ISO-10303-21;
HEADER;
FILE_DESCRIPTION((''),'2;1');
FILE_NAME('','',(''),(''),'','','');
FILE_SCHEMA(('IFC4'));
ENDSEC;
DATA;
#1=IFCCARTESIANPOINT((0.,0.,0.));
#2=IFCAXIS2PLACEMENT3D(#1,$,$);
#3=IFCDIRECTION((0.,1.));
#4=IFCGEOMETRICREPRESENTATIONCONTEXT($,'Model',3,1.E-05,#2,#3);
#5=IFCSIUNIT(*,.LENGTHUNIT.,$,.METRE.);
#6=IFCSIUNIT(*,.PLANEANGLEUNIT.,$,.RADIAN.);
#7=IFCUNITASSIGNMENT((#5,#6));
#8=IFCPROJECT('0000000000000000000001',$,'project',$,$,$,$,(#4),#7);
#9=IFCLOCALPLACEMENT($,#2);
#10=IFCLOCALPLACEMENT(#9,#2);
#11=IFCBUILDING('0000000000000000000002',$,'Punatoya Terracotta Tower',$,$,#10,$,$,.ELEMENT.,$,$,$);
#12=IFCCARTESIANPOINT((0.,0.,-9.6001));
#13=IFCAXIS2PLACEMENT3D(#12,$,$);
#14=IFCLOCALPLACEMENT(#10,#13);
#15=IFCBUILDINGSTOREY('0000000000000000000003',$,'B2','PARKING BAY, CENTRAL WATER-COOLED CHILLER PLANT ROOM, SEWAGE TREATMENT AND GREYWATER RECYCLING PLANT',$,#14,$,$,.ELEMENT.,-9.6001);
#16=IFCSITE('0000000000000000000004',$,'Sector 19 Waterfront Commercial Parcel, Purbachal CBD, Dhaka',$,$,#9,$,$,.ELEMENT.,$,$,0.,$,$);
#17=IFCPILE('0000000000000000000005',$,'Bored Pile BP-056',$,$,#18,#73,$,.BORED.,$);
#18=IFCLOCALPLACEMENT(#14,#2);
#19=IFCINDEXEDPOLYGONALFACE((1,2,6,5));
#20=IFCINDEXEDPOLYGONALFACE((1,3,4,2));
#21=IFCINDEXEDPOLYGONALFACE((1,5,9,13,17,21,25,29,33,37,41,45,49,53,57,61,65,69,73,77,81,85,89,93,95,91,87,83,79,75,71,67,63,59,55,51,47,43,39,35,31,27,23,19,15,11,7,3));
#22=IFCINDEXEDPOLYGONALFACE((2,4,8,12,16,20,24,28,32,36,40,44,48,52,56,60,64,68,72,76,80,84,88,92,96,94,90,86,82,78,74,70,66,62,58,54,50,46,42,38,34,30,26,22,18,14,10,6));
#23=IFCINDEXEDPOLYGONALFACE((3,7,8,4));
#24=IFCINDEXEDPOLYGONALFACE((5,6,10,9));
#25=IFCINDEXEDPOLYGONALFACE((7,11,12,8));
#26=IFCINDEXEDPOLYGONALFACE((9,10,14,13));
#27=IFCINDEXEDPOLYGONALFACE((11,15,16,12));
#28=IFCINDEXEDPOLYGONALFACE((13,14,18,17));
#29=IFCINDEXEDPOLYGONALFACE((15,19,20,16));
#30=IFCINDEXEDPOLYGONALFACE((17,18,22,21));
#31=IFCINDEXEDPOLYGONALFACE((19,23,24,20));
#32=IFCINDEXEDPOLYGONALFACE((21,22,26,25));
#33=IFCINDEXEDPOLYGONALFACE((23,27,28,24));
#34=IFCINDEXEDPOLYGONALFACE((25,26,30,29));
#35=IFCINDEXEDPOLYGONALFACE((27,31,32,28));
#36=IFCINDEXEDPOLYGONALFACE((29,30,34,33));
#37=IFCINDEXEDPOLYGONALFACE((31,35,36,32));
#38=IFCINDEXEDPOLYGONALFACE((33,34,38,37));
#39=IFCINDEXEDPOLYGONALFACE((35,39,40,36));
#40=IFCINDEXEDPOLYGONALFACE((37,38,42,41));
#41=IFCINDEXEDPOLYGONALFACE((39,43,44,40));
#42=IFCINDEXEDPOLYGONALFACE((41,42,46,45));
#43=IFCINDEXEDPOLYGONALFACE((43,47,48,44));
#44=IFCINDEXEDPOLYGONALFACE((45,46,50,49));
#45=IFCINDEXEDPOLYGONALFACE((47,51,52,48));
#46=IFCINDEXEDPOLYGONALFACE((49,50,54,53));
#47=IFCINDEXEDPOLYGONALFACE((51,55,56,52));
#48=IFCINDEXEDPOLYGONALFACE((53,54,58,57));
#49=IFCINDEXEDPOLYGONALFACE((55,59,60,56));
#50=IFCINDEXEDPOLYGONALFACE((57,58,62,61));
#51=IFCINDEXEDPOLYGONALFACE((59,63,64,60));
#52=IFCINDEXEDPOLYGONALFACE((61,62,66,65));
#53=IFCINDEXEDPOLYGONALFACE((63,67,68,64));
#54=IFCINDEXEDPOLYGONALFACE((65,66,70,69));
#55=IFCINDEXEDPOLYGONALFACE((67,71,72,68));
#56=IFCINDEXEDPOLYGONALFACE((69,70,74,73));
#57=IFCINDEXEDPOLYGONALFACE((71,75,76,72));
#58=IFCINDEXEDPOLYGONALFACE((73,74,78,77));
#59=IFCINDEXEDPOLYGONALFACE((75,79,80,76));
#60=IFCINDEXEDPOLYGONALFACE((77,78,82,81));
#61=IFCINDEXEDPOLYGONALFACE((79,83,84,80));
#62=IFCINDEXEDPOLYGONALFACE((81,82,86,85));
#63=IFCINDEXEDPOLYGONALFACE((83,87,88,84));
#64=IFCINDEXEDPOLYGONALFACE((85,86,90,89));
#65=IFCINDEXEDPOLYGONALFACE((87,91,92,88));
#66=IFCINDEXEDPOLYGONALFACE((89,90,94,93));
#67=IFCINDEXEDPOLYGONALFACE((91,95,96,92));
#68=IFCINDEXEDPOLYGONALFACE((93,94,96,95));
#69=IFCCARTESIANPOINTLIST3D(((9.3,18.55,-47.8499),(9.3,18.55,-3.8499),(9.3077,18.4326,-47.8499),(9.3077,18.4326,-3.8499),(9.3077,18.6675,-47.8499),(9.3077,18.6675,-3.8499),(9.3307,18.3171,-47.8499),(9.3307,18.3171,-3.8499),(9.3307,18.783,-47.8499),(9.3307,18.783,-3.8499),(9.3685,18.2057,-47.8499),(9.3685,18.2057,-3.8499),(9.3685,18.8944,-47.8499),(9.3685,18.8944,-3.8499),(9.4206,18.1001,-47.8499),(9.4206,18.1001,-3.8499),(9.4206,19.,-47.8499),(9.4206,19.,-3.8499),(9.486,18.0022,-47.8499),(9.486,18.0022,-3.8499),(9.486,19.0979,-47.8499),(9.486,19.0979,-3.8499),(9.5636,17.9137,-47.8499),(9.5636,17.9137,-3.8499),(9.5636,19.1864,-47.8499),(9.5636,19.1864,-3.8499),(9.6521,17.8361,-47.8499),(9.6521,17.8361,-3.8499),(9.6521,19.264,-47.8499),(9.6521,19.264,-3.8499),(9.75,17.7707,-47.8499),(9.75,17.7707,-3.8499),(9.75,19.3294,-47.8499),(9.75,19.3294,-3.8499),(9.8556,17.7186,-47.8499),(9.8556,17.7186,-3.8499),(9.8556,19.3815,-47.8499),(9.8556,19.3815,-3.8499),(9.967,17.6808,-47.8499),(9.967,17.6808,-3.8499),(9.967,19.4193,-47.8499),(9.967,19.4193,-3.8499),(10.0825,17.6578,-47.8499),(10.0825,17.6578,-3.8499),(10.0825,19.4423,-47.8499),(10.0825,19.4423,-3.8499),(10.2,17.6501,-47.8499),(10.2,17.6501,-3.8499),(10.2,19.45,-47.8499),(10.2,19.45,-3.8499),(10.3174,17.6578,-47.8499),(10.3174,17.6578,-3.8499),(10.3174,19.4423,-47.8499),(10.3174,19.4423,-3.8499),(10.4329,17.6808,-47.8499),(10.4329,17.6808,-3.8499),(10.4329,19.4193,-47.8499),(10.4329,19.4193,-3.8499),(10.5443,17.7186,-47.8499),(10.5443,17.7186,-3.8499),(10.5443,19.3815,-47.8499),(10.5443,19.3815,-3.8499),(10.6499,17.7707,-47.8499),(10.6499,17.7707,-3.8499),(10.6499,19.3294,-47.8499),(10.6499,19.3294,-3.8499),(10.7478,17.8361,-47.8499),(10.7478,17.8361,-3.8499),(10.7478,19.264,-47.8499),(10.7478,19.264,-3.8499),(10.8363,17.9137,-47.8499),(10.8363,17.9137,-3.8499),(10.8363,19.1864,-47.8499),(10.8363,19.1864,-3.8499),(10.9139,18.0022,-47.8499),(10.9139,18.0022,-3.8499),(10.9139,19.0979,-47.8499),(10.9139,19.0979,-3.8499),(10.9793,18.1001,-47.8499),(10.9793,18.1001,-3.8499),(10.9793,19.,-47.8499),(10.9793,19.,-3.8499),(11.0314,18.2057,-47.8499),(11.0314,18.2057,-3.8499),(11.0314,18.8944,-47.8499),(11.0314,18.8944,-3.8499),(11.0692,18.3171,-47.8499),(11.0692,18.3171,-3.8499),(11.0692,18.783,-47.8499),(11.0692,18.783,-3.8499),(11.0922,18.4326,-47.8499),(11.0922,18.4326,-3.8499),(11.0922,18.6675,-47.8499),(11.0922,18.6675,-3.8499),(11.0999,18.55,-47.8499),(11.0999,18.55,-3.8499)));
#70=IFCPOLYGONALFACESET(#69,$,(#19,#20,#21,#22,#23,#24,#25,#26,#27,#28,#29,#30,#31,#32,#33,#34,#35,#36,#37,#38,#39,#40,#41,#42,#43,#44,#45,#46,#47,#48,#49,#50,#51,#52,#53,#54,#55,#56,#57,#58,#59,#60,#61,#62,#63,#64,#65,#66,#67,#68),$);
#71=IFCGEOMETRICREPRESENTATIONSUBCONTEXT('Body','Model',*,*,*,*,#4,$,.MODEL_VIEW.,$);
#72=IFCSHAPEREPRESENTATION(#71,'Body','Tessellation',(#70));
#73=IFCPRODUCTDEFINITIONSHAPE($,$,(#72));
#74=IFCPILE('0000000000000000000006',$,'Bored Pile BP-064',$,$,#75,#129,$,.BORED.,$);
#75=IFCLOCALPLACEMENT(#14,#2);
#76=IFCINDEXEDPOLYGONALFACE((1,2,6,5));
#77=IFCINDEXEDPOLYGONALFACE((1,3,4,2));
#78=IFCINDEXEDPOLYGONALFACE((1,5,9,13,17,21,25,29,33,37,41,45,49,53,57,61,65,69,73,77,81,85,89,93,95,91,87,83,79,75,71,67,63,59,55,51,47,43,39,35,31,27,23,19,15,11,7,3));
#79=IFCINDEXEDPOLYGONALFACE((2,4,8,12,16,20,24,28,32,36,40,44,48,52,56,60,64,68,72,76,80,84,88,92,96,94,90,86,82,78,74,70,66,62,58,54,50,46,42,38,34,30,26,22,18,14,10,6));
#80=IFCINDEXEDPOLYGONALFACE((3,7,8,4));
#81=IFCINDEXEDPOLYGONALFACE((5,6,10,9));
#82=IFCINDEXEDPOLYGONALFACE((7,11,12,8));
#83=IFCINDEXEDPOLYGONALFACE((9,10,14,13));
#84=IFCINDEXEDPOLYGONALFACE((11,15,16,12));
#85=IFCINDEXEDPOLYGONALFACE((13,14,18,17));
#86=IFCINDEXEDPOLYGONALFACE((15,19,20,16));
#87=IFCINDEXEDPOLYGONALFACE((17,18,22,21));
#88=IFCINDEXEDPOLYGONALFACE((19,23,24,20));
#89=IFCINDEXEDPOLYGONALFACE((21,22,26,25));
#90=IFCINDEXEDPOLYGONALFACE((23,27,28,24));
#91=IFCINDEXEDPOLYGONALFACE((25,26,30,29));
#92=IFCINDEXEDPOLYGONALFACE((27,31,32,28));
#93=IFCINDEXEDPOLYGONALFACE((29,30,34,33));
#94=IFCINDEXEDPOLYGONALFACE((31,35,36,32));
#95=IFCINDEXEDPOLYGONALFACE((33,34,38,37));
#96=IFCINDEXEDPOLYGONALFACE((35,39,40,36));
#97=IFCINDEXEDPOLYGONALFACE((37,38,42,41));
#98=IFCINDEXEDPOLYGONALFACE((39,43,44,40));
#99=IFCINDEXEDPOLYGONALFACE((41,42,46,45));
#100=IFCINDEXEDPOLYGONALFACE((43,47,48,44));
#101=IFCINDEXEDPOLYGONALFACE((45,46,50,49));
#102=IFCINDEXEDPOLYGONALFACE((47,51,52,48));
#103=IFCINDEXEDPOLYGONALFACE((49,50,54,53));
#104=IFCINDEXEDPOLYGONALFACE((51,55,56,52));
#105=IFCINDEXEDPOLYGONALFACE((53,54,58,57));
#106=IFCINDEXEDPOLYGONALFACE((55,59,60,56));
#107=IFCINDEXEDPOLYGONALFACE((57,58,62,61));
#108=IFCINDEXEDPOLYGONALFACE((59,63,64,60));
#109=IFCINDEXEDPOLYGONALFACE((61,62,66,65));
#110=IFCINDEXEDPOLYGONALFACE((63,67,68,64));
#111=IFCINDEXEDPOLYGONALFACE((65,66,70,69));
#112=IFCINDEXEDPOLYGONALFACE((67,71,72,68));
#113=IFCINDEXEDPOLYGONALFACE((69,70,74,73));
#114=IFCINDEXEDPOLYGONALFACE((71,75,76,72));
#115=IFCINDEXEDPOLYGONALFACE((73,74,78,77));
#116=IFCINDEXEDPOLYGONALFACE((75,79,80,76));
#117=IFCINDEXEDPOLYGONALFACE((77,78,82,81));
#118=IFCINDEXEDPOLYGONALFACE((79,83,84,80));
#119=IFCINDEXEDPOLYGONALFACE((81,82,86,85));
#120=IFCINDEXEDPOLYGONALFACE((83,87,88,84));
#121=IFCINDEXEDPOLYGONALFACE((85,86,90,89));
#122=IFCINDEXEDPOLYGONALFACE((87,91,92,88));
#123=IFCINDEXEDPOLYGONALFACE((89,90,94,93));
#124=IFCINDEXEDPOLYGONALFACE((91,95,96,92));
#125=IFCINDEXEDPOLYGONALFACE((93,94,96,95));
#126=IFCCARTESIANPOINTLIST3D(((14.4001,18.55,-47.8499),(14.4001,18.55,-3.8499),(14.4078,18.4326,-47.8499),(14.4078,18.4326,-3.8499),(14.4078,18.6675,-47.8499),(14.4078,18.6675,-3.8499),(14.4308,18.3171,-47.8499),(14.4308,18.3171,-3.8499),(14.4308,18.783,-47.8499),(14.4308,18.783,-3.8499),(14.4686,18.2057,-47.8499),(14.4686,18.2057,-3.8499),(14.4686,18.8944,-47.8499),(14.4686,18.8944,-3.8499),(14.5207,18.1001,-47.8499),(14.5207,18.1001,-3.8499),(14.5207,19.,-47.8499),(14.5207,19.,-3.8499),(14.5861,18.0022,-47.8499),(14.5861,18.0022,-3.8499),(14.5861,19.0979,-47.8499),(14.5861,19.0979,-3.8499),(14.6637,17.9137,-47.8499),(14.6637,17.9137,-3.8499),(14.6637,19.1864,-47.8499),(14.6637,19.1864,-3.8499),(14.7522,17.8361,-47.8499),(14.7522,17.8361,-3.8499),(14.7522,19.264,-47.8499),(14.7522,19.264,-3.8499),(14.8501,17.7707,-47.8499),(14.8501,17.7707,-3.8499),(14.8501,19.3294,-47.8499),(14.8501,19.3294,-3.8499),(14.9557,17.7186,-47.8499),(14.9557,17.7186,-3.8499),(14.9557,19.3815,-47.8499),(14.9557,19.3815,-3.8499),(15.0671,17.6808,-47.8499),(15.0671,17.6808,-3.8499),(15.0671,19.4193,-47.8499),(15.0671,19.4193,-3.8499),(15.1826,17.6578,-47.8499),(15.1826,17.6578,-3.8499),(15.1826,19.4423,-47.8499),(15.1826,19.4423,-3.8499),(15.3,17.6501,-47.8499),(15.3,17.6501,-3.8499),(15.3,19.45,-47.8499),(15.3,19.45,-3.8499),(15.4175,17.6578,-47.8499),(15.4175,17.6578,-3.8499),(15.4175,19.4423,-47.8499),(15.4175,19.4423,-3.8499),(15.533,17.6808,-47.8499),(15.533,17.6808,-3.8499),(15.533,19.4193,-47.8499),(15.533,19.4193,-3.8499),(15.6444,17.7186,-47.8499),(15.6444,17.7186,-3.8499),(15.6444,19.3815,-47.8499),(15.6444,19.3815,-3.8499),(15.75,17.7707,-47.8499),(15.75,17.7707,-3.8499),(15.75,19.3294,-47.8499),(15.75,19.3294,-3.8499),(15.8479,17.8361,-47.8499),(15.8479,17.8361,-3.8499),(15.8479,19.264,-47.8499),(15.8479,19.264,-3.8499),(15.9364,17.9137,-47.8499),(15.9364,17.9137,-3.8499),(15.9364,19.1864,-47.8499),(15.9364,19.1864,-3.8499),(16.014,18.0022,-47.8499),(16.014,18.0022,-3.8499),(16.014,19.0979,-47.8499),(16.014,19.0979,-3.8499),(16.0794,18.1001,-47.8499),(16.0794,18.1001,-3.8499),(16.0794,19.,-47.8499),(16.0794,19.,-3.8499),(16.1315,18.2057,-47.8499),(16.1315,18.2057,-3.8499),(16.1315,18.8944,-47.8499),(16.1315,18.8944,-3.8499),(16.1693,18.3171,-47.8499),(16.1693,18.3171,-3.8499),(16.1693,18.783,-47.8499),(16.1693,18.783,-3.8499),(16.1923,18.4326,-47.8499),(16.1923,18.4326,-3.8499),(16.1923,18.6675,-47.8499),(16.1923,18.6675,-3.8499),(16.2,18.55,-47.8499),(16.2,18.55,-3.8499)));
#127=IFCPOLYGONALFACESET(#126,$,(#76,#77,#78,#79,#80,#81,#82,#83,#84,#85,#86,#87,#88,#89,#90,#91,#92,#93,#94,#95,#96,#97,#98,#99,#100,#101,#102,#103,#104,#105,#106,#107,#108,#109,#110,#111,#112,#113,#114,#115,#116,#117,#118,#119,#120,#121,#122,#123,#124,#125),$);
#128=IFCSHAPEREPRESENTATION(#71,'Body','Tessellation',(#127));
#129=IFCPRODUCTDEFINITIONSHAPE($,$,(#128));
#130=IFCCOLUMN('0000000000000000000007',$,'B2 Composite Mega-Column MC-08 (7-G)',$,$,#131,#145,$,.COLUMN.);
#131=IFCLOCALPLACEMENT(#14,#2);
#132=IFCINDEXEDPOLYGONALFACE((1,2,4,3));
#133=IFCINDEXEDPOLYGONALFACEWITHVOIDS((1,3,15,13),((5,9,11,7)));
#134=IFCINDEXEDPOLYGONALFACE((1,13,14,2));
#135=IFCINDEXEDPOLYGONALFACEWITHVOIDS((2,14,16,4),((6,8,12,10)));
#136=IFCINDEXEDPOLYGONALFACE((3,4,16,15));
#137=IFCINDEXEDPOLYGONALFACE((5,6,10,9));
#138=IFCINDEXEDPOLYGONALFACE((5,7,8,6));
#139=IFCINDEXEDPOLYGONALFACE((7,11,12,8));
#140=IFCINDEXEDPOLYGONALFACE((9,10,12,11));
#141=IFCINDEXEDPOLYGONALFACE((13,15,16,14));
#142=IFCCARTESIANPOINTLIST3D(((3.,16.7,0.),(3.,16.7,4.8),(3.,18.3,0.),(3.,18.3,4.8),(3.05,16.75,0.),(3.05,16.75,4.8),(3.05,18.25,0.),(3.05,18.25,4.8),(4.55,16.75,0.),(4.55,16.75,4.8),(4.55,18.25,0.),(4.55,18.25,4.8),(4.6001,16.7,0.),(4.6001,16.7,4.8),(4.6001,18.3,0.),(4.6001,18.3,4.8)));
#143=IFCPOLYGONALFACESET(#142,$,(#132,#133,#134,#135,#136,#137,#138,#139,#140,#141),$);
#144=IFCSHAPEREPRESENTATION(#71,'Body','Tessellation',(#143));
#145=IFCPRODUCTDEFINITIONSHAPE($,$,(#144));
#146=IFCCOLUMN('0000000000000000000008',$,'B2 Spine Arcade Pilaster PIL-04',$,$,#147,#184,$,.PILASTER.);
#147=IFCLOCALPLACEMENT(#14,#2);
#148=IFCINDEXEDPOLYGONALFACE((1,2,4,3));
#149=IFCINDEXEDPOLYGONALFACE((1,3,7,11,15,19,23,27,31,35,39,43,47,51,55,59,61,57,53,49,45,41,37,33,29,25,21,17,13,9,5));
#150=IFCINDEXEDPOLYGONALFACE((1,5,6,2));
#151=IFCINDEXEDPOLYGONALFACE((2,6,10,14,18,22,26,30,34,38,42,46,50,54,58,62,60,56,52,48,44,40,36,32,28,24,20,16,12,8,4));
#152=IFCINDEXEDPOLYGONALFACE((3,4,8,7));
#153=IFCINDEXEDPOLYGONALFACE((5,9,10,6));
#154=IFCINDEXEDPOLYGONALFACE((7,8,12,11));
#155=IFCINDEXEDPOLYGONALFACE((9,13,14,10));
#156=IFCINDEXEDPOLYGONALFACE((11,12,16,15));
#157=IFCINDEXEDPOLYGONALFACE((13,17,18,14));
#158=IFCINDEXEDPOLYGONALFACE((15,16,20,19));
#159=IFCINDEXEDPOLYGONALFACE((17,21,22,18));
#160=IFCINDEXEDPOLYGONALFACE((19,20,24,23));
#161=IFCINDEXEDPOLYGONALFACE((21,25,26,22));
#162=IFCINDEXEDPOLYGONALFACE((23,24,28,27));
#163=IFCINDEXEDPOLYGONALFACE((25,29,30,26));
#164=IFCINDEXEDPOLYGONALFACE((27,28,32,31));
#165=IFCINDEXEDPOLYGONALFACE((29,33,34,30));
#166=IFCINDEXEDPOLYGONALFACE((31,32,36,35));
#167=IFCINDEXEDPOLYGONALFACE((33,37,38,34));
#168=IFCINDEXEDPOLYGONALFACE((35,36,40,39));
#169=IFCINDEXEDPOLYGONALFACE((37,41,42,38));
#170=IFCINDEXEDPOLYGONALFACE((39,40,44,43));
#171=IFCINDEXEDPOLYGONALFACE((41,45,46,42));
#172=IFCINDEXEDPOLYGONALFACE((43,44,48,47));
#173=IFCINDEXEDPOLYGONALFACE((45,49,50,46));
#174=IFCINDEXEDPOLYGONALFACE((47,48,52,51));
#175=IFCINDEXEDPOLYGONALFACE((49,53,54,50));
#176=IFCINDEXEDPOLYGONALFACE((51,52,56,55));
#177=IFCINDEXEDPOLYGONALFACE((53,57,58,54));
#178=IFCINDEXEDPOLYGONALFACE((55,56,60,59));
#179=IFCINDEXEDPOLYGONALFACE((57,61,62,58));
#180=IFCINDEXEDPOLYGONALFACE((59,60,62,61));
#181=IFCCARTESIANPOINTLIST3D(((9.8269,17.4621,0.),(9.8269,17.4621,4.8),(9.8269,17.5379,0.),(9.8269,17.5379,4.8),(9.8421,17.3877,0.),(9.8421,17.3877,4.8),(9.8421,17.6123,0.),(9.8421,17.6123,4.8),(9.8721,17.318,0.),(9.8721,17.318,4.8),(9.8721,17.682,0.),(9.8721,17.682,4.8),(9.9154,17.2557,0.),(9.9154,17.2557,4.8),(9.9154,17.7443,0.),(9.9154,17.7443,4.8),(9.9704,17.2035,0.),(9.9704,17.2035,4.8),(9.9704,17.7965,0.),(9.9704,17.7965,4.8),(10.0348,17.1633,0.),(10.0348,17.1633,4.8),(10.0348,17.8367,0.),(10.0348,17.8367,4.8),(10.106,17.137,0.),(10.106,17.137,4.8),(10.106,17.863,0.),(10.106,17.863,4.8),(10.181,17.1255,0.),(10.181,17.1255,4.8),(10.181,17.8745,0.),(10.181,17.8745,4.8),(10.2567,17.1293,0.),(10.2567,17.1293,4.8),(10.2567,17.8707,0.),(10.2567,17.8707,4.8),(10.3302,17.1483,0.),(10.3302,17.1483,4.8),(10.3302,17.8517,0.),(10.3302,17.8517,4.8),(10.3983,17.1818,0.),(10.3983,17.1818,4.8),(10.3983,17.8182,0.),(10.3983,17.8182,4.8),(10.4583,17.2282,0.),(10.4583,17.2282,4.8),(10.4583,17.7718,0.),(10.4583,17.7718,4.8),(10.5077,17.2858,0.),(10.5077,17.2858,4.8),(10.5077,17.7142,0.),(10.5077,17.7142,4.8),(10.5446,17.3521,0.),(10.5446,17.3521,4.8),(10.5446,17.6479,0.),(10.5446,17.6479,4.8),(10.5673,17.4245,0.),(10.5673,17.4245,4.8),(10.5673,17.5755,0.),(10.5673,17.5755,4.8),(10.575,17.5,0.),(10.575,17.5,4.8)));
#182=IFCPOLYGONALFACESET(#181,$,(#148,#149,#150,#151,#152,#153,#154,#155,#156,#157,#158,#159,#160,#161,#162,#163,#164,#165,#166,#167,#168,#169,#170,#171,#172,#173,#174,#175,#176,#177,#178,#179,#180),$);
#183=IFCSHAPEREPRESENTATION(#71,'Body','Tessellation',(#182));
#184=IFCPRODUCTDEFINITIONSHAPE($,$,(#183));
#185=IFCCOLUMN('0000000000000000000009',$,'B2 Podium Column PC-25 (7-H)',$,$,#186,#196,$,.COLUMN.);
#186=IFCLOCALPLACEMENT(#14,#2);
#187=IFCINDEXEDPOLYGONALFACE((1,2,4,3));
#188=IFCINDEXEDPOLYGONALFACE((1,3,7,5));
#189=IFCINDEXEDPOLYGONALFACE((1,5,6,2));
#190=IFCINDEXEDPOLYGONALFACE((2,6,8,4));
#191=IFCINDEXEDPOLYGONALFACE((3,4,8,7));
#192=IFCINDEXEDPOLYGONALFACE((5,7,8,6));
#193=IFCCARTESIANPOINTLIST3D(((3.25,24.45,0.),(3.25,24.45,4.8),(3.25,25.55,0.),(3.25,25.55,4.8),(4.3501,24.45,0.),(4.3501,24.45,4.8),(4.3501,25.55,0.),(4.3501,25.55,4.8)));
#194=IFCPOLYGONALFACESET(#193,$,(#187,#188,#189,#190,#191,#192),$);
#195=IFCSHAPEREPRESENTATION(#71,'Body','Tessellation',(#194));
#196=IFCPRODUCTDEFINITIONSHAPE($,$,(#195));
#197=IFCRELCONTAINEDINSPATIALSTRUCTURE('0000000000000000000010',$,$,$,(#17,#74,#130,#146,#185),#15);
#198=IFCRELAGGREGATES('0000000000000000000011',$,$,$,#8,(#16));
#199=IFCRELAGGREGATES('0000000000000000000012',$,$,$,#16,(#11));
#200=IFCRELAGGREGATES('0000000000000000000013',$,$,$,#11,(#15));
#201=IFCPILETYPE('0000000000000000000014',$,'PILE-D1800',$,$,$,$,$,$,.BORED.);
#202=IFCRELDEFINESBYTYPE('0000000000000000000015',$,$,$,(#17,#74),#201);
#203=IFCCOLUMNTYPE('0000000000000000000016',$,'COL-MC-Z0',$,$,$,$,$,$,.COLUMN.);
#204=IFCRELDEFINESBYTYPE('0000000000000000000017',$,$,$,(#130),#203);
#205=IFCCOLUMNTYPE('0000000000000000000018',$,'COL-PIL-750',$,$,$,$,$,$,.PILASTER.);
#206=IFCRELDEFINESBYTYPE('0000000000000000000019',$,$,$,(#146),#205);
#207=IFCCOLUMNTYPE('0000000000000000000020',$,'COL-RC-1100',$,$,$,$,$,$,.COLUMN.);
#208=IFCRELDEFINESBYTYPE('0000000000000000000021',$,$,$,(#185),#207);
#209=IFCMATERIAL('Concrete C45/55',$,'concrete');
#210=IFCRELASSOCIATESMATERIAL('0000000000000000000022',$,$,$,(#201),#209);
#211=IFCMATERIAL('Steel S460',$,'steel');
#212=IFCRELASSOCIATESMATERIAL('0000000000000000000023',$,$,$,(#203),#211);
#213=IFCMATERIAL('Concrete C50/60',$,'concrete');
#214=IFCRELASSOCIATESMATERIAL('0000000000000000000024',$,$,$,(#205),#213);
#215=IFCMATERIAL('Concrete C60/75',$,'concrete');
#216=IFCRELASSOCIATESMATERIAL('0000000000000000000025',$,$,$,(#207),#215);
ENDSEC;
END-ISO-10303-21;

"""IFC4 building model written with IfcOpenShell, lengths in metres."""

from ifc_helpers import new_model, si_unit, direction, frame, origin, origin_2d, place, context, subcontext, project, spatial, rectangle, hollow_rectangle, circle, extrude, material, material_profile, profile_set, type_object, element, save


model = new_model("IFC4")

# Units and contexts
model_context = context("Model", 3, precision=1e-05, world=origin(), true_north=direction((0.0, 1.0)))
body_context = subcontext(model_context, "Body", "Model", "MODEL_VIEW")
ifc_project = project(units=[si_unit("LENGTHUNIT", "METRE"), si_unit("PLANEANGLEUNIT", "RADIAN")], contexts=[model_context])

# Site, building, storey
site_placement = place(None, origin())
site = spatial("IfcSite", under=ifc_project, at=site_placement, Name="Sector 19 Waterfront Commercial Parcel, Purbachal CBD, Dhaka", CompositionType="ELEMENT", RefElevation=0.0)
building_placement = place(site_placement, origin())
building = spatial("IfcBuilding", under=site, at=building_placement, Name="Punatoya Terracotta Tower", CompositionType="ELEMENT")
storey_placement = place(building_placement, frame((0.0, 0.0, -9.6001)))
storey = spatial("IfcBuildingStorey", under=building, at=storey_placement, Name="B2", Description="PARKING BAY, CENTRAL WATER-COOLED CHILLER PLANT ROOM, SEWAGE TREATMENT AND GREYWATER RECYCLING PLANT", CompositionType="ELEMENT", Elevation=-9.6001)

# Shared definitions
ifc_material_1 = material(Name="Concrete C45/55", Category="concrete")

# Piles
ifc_material_profile_1 = material_profile(ifc_material_1, circle(Radius=0.8999, at=origin_2d()))
ifc_profile_set_1 = profile_set([ifc_material_profile_1], Name="Concrete C45/55")
pile_type_1 = type_object("IfcPileType", Name="PILE-D1800", PredefinedType="BORED", material=ifc_profile_set_1)
for number, where, z_axis, x_axis, name in (
    (1, (10.2, 18.55, -3.8499), (0.0, 0.0, -1.0), (1.0, 0.0, 0.0), "Bored Pile BP-056"),
    (2, (15.3, 18.55, -3.8499), (0.0, 0.0, -1.0), (1.0, 0.0, 0.0), "Bored Pile BP-064"),
):
    element("IfcPile", number, at=place(storey_placement, frame(where, z_axis=z_axis, x_axis=x_axis)), inside=storey, type_object=pile_type_1, Name=name, PredefinedType="BORED", context=body_context, shape_type="SweptSolid", body=[
        extrude(circle(Radius=0.8999, at=origin_2d()), origin(), (0.0, 0.0, 1.0), 44.0),
    ])

# Columns
ifc_material_2 = material(Name="Steel S460", Category="steel")
ifc_material_profile_2 = material_profile(ifc_material_2, hollow_rectangle(XDim=1.6001, YDim=1.6001, WallThickness=0.05, at=origin_2d()))
ifc_profile_set_2 = profile_set([ifc_material_profile_2], Name="Steel S460")
column_type_1 = type_object("IfcColumnType", Name="COL-MC-Z0", PredefinedType="COLUMN", material=ifc_profile_set_2)
column_1_placement = place(storey_placement, frame((3.8, 17.5, 0.0), z_axis=(0.0, 0.0, 1.0), x_axis=(1.0, 0.0, 0.0)))
element("IfcColumn", 3, at=column_1_placement, inside=storey, type_object=column_type_1, Name="B2 Composite Mega-Column MC-08 (7-G)", PredefinedType="COLUMN", context=body_context, shape_type="SweptSolid", body=[
    extrude(hollow_rectangle(XDim=1.6001, YDim=1.6001, WallThickness=0.05, at=origin_2d()), origin(), (0.0, 0.0, 1.0), 4.8),
])
ifc_material_3 = material(Name="Concrete C50/60", Category="concrete")
ifc_material_profile_3 = material_profile(ifc_material_3, circle(Radius=0.375, at=origin_2d()))
ifc_profile_set_3 = profile_set([ifc_material_profile_3], Name="Concrete C50/60")
column_type_2 = type_object("IfcColumnType", Name="COL-PIL-750", PredefinedType="PILASTER", material=ifc_profile_set_3)
column_2_placement = place(storey_placement, frame((10.2, 17.5, 0.0), z_axis=(0.0, 0.0, 1.0), x_axis=(1.0, 0.0, 0.0)))
element("IfcColumn", 4, at=column_2_placement, inside=storey, type_object=column_type_2, Name="B2 Spine Arcade Pilaster PIL-04", PredefinedType="PILASTER", context=body_context, shape_type="SweptSolid", body=[
    extrude(circle(Radius=0.375, at=origin_2d()), origin(), (0.0, 0.0, 1.0), 4.8),
])
ifc_material_4 = material(Name="Concrete C60/75", Category="concrete")
ifc_material_profile_4 = material_profile(ifc_material_4, rectangle(XDim=1.1001, YDim=1.1001, at=origin_2d()))
ifc_profile_set_4 = profile_set([ifc_material_profile_4], Name="Concrete C60/75")
column_type_3 = type_object("IfcColumnType", Name="COL-RC-1100", PredefinedType="COLUMN", material=ifc_profile_set_4)
column_3_placement = place(storey_placement, frame((3.8, 25.0, 0.0), z_axis=(0.0, 0.0, 1.0), x_axis=(1.0, 0.0, 0.0)))
element("IfcColumn", 5, at=column_3_placement, inside=storey, type_object=column_type_3, Name="B2 Podium Column PC-25 (7-H)", PredefinedType="COLUMN", context=body_context, shape_type="SweptSolid", body=[
    extrude(rectangle(XDim=1.1001, YDim=1.1001, at=origin_2d()), origin(), (0.0, 0.0, 1.0), 4.8),
])

save(model, "model.ifc")
